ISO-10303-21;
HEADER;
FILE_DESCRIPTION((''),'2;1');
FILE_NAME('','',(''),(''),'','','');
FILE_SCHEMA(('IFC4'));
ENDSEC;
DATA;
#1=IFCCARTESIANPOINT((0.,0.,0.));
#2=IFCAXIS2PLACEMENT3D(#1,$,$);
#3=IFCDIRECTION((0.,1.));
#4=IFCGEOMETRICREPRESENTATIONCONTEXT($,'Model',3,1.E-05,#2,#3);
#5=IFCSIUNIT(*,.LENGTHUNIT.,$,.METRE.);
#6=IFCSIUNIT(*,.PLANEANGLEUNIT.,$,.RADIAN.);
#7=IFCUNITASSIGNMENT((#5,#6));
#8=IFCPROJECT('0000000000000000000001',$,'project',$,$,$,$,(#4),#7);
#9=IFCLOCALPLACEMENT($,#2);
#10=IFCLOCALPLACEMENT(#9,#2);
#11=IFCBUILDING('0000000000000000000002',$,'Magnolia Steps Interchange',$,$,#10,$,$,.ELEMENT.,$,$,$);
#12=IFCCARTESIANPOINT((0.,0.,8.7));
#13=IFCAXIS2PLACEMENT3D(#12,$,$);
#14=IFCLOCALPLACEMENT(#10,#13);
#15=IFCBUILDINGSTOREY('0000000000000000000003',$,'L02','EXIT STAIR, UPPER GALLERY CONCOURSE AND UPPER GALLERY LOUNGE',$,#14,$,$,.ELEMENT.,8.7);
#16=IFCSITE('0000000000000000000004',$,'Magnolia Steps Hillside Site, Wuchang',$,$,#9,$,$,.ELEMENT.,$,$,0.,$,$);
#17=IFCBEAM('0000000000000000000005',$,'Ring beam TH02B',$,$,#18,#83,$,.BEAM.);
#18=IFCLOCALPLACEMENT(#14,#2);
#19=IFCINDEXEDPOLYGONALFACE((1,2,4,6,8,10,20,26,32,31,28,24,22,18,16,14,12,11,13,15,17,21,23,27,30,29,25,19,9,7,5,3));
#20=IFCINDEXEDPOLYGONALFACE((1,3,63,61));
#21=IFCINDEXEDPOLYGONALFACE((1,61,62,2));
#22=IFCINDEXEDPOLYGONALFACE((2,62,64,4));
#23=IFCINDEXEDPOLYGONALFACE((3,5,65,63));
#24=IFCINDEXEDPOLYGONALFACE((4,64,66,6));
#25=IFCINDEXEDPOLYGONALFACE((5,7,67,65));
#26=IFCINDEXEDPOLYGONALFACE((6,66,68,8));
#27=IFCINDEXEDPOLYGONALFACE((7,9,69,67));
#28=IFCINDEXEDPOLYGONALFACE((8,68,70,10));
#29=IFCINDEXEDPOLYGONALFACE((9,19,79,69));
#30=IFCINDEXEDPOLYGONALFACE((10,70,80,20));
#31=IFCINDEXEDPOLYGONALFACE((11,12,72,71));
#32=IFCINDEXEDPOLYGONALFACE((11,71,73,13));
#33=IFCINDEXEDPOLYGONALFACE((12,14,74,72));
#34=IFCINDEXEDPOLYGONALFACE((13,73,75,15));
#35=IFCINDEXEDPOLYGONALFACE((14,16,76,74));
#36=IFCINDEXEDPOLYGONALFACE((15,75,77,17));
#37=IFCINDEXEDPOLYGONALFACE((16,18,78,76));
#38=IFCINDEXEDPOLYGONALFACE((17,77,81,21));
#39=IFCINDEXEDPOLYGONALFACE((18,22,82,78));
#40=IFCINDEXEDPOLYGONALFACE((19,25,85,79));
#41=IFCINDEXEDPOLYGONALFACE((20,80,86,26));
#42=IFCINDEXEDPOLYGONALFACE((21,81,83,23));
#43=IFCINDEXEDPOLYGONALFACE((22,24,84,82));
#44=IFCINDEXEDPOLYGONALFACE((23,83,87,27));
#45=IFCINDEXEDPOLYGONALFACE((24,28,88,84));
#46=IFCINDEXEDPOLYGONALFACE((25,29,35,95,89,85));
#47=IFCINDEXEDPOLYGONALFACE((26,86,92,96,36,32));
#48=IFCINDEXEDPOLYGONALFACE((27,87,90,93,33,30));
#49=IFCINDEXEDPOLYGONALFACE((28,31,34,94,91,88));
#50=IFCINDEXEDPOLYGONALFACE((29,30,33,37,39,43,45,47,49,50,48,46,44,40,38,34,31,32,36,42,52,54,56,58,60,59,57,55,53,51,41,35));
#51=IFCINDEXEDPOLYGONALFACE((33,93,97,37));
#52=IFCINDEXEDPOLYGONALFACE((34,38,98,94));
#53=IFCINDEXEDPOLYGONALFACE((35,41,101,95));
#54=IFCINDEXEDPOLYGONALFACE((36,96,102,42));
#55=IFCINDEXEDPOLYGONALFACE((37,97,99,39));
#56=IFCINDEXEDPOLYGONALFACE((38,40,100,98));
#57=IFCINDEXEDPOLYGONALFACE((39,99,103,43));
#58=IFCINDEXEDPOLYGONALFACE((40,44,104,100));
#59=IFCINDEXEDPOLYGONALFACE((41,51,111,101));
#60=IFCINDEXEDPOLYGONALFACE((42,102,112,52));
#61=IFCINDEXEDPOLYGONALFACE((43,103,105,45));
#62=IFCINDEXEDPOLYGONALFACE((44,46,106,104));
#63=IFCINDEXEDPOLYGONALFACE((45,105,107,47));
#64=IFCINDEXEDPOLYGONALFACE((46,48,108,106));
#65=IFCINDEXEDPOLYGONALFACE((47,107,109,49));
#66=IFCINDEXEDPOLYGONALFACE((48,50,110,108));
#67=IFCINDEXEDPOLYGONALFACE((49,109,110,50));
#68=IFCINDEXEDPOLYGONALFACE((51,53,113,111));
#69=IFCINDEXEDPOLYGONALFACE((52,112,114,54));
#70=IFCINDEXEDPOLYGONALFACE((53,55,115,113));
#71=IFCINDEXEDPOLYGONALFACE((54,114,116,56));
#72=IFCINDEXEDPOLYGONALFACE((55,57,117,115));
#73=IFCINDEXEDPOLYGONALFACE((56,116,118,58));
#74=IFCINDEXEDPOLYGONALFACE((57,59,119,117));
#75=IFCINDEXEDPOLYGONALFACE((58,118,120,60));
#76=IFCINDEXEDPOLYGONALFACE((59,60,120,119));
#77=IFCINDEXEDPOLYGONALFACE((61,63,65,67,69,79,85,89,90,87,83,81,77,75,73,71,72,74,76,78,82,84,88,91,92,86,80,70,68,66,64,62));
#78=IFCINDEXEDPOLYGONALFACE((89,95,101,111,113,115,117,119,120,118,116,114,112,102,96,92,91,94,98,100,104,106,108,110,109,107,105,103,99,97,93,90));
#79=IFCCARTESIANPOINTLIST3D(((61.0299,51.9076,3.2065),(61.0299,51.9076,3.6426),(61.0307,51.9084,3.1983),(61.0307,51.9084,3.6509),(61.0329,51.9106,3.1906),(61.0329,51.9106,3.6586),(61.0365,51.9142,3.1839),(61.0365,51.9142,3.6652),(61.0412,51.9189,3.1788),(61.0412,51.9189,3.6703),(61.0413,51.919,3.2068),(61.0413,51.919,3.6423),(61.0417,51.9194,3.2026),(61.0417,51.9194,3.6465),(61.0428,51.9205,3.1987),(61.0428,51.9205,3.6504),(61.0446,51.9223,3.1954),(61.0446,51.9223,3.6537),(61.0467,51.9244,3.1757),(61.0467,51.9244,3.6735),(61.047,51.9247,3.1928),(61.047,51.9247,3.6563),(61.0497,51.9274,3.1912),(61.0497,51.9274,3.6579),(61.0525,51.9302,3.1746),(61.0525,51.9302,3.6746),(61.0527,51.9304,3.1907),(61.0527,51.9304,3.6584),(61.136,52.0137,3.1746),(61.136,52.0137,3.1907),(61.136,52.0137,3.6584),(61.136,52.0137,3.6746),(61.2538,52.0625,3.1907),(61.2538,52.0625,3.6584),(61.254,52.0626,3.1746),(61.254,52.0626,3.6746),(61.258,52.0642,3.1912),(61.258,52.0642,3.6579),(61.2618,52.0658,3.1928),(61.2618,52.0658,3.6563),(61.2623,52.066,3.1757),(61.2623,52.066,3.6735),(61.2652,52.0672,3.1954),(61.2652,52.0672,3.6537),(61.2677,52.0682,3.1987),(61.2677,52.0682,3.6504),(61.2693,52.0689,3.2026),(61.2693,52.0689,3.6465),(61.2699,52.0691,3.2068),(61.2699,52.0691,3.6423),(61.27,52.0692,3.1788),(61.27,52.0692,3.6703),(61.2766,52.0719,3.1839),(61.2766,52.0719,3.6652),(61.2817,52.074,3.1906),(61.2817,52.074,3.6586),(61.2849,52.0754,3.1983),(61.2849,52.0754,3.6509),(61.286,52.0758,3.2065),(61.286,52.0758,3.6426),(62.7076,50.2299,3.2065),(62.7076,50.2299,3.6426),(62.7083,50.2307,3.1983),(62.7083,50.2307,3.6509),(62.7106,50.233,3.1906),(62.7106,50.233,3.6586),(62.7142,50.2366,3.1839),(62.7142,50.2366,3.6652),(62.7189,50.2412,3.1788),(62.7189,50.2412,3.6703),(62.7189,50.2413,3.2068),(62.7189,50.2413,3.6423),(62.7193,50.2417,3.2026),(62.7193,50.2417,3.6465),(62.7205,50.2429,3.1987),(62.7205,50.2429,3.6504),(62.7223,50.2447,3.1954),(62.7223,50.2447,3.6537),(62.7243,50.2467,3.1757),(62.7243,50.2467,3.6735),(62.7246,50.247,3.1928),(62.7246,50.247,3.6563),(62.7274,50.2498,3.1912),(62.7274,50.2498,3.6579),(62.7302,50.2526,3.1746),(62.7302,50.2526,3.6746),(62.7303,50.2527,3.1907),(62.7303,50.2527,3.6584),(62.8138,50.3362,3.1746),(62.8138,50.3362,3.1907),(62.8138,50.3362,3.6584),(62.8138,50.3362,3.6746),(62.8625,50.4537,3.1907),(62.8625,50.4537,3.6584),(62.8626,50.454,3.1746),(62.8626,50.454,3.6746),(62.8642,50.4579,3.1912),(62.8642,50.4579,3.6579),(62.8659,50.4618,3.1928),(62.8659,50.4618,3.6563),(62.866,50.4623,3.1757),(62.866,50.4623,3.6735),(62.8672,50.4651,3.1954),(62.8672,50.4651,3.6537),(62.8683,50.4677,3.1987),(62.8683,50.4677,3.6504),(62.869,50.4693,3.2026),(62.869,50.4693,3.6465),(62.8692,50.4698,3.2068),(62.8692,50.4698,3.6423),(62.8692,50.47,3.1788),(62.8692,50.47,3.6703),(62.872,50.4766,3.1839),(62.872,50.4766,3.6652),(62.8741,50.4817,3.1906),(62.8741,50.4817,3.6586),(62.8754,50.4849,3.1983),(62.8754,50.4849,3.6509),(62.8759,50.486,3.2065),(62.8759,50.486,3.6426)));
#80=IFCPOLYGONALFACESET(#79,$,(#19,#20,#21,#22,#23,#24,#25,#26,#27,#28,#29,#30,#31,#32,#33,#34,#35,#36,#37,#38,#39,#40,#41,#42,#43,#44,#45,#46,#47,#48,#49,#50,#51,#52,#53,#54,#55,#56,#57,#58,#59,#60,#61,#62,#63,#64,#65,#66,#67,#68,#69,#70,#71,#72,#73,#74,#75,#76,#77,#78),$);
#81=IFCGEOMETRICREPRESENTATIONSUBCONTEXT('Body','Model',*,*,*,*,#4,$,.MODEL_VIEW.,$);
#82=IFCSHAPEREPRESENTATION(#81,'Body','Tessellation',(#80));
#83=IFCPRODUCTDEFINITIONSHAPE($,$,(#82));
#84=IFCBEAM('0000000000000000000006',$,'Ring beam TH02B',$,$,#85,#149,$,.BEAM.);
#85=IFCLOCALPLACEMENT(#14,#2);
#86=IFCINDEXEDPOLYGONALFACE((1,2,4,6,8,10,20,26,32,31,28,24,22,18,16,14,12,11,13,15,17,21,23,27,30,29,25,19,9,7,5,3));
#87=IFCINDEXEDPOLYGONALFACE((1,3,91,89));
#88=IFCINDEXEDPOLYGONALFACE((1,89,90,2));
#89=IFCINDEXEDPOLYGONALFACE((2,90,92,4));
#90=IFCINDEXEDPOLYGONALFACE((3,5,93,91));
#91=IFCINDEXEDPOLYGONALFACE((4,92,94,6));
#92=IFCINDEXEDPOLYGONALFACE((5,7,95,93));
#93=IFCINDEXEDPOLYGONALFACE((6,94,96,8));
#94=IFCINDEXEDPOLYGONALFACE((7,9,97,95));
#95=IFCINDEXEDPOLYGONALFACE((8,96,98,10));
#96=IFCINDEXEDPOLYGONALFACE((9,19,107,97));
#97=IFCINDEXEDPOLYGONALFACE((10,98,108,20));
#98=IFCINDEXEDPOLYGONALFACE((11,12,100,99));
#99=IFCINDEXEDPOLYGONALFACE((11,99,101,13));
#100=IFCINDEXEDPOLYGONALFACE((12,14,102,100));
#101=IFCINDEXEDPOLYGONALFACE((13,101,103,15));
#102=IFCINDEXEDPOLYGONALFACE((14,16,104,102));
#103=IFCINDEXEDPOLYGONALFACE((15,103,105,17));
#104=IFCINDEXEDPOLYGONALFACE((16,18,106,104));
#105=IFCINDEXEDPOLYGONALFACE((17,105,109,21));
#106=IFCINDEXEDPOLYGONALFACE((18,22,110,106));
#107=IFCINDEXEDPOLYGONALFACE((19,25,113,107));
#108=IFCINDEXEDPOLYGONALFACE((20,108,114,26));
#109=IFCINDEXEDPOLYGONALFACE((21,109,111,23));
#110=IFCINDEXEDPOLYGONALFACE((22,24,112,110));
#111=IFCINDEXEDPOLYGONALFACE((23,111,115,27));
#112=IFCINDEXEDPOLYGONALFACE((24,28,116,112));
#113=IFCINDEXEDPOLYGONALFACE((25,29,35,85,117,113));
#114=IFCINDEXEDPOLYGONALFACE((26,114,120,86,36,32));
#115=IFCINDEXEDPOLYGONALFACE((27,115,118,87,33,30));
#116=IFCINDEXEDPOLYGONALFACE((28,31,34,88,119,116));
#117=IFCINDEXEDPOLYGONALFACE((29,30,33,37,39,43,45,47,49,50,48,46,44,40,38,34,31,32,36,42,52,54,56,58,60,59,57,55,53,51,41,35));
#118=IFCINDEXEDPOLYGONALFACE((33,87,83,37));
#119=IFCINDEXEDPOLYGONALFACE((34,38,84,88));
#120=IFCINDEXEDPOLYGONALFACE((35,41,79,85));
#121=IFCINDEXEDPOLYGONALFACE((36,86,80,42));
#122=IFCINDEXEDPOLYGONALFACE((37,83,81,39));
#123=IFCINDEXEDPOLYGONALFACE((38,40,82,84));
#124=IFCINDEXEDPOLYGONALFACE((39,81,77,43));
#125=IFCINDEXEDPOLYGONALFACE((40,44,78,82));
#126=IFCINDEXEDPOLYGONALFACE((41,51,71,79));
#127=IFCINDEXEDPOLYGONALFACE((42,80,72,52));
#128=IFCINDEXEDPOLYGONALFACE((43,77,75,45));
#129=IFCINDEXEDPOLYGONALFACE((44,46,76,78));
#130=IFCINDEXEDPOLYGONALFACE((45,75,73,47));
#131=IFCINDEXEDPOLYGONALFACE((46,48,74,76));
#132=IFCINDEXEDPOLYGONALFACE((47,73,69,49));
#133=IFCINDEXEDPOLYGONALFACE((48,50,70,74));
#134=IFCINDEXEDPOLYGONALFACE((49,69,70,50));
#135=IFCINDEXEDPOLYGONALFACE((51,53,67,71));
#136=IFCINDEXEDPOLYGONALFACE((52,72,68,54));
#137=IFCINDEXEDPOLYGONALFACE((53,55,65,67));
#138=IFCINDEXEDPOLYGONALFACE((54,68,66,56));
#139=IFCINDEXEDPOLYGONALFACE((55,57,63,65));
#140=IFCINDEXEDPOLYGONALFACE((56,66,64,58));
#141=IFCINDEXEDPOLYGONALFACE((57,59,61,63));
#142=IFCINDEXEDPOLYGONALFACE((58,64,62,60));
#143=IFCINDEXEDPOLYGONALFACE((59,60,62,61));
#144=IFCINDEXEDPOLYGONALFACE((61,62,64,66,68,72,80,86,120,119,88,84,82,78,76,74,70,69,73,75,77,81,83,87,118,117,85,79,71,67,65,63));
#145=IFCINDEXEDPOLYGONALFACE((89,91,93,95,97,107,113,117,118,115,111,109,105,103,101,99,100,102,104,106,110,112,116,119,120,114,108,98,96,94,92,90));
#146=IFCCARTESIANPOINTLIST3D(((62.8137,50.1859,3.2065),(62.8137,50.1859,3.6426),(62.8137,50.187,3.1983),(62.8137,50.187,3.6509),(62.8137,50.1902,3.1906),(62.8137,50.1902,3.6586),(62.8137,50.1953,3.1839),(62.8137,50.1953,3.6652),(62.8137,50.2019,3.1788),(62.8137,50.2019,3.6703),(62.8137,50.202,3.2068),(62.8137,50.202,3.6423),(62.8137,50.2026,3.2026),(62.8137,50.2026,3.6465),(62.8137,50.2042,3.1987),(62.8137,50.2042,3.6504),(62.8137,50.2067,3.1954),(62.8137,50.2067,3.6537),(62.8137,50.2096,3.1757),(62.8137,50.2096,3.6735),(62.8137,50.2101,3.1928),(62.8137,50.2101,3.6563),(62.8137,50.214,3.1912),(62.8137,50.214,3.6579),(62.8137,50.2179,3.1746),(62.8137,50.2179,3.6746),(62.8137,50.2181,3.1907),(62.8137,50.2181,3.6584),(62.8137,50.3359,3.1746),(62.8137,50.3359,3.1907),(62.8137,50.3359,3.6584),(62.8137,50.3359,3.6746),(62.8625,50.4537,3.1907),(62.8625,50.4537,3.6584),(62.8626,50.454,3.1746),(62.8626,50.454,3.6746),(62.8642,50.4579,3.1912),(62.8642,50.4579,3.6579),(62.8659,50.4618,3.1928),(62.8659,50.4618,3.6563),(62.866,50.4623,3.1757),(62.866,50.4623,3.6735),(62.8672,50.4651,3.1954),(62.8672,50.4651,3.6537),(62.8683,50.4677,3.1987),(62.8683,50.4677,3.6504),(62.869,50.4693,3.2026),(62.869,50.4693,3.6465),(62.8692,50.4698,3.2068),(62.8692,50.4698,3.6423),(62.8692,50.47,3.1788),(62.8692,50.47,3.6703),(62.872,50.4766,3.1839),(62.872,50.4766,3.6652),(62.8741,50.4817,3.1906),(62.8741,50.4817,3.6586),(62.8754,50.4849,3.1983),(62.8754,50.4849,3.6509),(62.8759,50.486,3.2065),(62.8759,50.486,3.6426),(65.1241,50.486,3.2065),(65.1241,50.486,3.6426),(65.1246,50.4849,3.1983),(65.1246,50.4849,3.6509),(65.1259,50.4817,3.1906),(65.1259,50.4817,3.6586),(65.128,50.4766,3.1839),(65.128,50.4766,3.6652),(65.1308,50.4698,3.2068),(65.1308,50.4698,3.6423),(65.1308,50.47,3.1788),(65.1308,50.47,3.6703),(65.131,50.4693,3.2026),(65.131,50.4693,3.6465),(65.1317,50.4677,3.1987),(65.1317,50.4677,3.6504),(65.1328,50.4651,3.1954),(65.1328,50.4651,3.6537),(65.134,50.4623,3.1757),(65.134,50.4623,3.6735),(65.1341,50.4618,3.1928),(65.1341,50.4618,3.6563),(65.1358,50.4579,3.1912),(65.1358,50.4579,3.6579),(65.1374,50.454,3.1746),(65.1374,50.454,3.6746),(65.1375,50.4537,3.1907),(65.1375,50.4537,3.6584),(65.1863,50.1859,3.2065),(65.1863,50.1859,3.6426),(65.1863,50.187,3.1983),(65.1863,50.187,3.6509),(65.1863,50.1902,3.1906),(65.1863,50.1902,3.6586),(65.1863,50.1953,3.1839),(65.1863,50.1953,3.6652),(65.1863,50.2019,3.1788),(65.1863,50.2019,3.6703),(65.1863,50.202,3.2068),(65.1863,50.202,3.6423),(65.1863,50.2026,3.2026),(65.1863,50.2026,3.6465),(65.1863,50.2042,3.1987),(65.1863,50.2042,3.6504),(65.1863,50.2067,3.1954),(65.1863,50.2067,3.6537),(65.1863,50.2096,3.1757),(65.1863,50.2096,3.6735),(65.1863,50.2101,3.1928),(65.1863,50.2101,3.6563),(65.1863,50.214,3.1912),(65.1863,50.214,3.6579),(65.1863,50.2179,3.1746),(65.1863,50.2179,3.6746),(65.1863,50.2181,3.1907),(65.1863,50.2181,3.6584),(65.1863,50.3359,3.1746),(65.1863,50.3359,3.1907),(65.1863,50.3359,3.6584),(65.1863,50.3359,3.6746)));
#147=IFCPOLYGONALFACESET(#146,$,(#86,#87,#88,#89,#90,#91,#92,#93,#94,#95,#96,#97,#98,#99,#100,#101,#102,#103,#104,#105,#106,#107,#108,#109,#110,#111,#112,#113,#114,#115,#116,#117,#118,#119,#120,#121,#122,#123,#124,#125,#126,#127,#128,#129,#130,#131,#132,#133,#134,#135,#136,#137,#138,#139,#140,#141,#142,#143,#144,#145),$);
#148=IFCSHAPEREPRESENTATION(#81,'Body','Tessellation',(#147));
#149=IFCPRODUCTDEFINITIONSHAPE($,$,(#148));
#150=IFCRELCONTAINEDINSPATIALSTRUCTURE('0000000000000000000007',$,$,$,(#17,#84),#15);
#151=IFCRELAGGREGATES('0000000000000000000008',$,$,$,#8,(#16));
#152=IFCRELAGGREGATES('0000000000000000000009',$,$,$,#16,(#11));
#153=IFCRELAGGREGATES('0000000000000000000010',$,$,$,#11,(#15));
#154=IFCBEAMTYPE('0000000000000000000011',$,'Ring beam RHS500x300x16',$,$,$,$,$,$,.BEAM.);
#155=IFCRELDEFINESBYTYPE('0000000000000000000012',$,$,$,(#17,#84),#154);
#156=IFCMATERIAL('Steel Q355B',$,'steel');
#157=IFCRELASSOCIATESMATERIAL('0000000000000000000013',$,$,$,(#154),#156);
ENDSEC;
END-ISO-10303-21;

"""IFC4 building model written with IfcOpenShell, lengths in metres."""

from ifc_helpers import new_model, si_unit, direction, frame, origin, origin_2d, place, context, subcontext, project, spatial, hollow_rectangle, extrude, clip, halfspace, material, material_profile, profile_set, type_object, element, save


model = new_model("IFC4")

# Units and contexts
model_context = context("Model", 3, precision=1e-05, world=origin(), true_north=direction((0.0, 1.0)))
body_context = subcontext(model_context, "Body", "Model", "MODEL_VIEW")
ifc_project = project(units=[si_unit("LENGTHUNIT", "METRE"), si_unit("PLANEANGLEUNIT", "RADIAN")], contexts=[model_context])

# Site, building, storey
site_placement = place(None, origin())
site = spatial("IfcSite", under=ifc_project, at=site_placement, Name="Magnolia Steps Hillside Site, Wuchang", CompositionType="ELEMENT", RefElevation=0.0)
building_placement = place(site_placement, origin())
building = spatial("IfcBuilding", under=site, at=building_placement, Name="Magnolia Steps Interchange", CompositionType="ELEMENT")
storey_placement = place(building_placement, frame((0.0, 0.0, 8.7)))
storey = spatial("IfcBuildingStorey", under=building, at=storey_placement, Name="L02", Description="EXIT STAIR, UPPER GALLERY CONCOURSE AND UPPER GALLERY LOUNGE", CompositionType="ELEMENT", Elevation=8.7)

# Beams
ifc_material_1 = material(Name="Steel Q355B", Category="steel")
ifc_material_profile_1 = material_profile(ifc_material_1, hollow_rectangle(XDim=0.3, YDim=0.5, WallThickness=0.0161, InnerFilletRadius=0.0161, OuterFilletRadius=0.032, at=origin_2d()), Name="RHS500x300x16")
ifc_profile_set_1 = profile_set([ifc_material_profile_1], Name="Steel Q355B")
beam_type = type_object("IfcBeamType", Name="Ring beam RHS500x300x16", PredefinedType="BEAM", material=ifc_profile_set_1)
beam_1_placement = place(storey_placement, frame((61.136, 52.0137, 3.4246), z_axis=(0.707107, -0.707107, 0.0), x_axis=(0.707107, 0.707107, 0.0)))
element("IfcBeam", 1, at=beam_1_placement, inside=storey, type_object=beam_type, Name="Ring beam TH02B", PredefinedType="BEAM", context=body_context, shape_type="Clipping", body=[
    clip(clip(extrude(hollow_rectangle(XDim=0.3, YDim=0.5, WallThickness=0.0161, InnerFilletRadius=0.0161, OuterFilletRadius=0.032, at=origin_2d()), origin(), (0.0, 0.0, 1.0), 2.3726), halfspace(frame((0.0, 0.0, 0.0), z_axis=(0.382683, 0.0, -0.92388), x_axis=(0.92388, 0.0, 0.382683)), False)), halfspace(frame((0.0, 0.0, 2.3727), z_axis=(0.382683, 0.0, 0.92388), x_axis=(0.92388, 0.0, -0.382683)), False)),
])
beam_2_placement = place(storey_placement, frame((62.8137, 50.3359, 3.4246), z_axis=(1.0, 0.0, 0.0), x_axis=(0.0, 1.0, 0.0)))
element("IfcBeam", 2, at=beam_2_placement, inside=storey, type_object=beam_type, Name="Ring beam TH02B", PredefinedType="BEAM", context=body_context, shape_type="Clipping", body=[
    clip(clip(extrude(hollow_rectangle(XDim=0.3, YDim=0.5, WallThickness=0.0161, InnerFilletRadius=0.0161, OuterFilletRadius=0.032, at=origin_2d()), origin(), (0.0, 0.0, 1.0), 2.3726), halfspace(frame((0.0, 0.0, 0.0), z_axis=(0.382683, 0.0, -0.92388), x_axis=(0.92388, 0.0, 0.382683)), False)), halfspace(frame((0.0, 0.0, 2.3726), z_axis=(0.382683, 0.0, 0.92388), x_axis=(0.92388, 0.0, -0.382683)), False)),
])

save(model, "model.ifc")
